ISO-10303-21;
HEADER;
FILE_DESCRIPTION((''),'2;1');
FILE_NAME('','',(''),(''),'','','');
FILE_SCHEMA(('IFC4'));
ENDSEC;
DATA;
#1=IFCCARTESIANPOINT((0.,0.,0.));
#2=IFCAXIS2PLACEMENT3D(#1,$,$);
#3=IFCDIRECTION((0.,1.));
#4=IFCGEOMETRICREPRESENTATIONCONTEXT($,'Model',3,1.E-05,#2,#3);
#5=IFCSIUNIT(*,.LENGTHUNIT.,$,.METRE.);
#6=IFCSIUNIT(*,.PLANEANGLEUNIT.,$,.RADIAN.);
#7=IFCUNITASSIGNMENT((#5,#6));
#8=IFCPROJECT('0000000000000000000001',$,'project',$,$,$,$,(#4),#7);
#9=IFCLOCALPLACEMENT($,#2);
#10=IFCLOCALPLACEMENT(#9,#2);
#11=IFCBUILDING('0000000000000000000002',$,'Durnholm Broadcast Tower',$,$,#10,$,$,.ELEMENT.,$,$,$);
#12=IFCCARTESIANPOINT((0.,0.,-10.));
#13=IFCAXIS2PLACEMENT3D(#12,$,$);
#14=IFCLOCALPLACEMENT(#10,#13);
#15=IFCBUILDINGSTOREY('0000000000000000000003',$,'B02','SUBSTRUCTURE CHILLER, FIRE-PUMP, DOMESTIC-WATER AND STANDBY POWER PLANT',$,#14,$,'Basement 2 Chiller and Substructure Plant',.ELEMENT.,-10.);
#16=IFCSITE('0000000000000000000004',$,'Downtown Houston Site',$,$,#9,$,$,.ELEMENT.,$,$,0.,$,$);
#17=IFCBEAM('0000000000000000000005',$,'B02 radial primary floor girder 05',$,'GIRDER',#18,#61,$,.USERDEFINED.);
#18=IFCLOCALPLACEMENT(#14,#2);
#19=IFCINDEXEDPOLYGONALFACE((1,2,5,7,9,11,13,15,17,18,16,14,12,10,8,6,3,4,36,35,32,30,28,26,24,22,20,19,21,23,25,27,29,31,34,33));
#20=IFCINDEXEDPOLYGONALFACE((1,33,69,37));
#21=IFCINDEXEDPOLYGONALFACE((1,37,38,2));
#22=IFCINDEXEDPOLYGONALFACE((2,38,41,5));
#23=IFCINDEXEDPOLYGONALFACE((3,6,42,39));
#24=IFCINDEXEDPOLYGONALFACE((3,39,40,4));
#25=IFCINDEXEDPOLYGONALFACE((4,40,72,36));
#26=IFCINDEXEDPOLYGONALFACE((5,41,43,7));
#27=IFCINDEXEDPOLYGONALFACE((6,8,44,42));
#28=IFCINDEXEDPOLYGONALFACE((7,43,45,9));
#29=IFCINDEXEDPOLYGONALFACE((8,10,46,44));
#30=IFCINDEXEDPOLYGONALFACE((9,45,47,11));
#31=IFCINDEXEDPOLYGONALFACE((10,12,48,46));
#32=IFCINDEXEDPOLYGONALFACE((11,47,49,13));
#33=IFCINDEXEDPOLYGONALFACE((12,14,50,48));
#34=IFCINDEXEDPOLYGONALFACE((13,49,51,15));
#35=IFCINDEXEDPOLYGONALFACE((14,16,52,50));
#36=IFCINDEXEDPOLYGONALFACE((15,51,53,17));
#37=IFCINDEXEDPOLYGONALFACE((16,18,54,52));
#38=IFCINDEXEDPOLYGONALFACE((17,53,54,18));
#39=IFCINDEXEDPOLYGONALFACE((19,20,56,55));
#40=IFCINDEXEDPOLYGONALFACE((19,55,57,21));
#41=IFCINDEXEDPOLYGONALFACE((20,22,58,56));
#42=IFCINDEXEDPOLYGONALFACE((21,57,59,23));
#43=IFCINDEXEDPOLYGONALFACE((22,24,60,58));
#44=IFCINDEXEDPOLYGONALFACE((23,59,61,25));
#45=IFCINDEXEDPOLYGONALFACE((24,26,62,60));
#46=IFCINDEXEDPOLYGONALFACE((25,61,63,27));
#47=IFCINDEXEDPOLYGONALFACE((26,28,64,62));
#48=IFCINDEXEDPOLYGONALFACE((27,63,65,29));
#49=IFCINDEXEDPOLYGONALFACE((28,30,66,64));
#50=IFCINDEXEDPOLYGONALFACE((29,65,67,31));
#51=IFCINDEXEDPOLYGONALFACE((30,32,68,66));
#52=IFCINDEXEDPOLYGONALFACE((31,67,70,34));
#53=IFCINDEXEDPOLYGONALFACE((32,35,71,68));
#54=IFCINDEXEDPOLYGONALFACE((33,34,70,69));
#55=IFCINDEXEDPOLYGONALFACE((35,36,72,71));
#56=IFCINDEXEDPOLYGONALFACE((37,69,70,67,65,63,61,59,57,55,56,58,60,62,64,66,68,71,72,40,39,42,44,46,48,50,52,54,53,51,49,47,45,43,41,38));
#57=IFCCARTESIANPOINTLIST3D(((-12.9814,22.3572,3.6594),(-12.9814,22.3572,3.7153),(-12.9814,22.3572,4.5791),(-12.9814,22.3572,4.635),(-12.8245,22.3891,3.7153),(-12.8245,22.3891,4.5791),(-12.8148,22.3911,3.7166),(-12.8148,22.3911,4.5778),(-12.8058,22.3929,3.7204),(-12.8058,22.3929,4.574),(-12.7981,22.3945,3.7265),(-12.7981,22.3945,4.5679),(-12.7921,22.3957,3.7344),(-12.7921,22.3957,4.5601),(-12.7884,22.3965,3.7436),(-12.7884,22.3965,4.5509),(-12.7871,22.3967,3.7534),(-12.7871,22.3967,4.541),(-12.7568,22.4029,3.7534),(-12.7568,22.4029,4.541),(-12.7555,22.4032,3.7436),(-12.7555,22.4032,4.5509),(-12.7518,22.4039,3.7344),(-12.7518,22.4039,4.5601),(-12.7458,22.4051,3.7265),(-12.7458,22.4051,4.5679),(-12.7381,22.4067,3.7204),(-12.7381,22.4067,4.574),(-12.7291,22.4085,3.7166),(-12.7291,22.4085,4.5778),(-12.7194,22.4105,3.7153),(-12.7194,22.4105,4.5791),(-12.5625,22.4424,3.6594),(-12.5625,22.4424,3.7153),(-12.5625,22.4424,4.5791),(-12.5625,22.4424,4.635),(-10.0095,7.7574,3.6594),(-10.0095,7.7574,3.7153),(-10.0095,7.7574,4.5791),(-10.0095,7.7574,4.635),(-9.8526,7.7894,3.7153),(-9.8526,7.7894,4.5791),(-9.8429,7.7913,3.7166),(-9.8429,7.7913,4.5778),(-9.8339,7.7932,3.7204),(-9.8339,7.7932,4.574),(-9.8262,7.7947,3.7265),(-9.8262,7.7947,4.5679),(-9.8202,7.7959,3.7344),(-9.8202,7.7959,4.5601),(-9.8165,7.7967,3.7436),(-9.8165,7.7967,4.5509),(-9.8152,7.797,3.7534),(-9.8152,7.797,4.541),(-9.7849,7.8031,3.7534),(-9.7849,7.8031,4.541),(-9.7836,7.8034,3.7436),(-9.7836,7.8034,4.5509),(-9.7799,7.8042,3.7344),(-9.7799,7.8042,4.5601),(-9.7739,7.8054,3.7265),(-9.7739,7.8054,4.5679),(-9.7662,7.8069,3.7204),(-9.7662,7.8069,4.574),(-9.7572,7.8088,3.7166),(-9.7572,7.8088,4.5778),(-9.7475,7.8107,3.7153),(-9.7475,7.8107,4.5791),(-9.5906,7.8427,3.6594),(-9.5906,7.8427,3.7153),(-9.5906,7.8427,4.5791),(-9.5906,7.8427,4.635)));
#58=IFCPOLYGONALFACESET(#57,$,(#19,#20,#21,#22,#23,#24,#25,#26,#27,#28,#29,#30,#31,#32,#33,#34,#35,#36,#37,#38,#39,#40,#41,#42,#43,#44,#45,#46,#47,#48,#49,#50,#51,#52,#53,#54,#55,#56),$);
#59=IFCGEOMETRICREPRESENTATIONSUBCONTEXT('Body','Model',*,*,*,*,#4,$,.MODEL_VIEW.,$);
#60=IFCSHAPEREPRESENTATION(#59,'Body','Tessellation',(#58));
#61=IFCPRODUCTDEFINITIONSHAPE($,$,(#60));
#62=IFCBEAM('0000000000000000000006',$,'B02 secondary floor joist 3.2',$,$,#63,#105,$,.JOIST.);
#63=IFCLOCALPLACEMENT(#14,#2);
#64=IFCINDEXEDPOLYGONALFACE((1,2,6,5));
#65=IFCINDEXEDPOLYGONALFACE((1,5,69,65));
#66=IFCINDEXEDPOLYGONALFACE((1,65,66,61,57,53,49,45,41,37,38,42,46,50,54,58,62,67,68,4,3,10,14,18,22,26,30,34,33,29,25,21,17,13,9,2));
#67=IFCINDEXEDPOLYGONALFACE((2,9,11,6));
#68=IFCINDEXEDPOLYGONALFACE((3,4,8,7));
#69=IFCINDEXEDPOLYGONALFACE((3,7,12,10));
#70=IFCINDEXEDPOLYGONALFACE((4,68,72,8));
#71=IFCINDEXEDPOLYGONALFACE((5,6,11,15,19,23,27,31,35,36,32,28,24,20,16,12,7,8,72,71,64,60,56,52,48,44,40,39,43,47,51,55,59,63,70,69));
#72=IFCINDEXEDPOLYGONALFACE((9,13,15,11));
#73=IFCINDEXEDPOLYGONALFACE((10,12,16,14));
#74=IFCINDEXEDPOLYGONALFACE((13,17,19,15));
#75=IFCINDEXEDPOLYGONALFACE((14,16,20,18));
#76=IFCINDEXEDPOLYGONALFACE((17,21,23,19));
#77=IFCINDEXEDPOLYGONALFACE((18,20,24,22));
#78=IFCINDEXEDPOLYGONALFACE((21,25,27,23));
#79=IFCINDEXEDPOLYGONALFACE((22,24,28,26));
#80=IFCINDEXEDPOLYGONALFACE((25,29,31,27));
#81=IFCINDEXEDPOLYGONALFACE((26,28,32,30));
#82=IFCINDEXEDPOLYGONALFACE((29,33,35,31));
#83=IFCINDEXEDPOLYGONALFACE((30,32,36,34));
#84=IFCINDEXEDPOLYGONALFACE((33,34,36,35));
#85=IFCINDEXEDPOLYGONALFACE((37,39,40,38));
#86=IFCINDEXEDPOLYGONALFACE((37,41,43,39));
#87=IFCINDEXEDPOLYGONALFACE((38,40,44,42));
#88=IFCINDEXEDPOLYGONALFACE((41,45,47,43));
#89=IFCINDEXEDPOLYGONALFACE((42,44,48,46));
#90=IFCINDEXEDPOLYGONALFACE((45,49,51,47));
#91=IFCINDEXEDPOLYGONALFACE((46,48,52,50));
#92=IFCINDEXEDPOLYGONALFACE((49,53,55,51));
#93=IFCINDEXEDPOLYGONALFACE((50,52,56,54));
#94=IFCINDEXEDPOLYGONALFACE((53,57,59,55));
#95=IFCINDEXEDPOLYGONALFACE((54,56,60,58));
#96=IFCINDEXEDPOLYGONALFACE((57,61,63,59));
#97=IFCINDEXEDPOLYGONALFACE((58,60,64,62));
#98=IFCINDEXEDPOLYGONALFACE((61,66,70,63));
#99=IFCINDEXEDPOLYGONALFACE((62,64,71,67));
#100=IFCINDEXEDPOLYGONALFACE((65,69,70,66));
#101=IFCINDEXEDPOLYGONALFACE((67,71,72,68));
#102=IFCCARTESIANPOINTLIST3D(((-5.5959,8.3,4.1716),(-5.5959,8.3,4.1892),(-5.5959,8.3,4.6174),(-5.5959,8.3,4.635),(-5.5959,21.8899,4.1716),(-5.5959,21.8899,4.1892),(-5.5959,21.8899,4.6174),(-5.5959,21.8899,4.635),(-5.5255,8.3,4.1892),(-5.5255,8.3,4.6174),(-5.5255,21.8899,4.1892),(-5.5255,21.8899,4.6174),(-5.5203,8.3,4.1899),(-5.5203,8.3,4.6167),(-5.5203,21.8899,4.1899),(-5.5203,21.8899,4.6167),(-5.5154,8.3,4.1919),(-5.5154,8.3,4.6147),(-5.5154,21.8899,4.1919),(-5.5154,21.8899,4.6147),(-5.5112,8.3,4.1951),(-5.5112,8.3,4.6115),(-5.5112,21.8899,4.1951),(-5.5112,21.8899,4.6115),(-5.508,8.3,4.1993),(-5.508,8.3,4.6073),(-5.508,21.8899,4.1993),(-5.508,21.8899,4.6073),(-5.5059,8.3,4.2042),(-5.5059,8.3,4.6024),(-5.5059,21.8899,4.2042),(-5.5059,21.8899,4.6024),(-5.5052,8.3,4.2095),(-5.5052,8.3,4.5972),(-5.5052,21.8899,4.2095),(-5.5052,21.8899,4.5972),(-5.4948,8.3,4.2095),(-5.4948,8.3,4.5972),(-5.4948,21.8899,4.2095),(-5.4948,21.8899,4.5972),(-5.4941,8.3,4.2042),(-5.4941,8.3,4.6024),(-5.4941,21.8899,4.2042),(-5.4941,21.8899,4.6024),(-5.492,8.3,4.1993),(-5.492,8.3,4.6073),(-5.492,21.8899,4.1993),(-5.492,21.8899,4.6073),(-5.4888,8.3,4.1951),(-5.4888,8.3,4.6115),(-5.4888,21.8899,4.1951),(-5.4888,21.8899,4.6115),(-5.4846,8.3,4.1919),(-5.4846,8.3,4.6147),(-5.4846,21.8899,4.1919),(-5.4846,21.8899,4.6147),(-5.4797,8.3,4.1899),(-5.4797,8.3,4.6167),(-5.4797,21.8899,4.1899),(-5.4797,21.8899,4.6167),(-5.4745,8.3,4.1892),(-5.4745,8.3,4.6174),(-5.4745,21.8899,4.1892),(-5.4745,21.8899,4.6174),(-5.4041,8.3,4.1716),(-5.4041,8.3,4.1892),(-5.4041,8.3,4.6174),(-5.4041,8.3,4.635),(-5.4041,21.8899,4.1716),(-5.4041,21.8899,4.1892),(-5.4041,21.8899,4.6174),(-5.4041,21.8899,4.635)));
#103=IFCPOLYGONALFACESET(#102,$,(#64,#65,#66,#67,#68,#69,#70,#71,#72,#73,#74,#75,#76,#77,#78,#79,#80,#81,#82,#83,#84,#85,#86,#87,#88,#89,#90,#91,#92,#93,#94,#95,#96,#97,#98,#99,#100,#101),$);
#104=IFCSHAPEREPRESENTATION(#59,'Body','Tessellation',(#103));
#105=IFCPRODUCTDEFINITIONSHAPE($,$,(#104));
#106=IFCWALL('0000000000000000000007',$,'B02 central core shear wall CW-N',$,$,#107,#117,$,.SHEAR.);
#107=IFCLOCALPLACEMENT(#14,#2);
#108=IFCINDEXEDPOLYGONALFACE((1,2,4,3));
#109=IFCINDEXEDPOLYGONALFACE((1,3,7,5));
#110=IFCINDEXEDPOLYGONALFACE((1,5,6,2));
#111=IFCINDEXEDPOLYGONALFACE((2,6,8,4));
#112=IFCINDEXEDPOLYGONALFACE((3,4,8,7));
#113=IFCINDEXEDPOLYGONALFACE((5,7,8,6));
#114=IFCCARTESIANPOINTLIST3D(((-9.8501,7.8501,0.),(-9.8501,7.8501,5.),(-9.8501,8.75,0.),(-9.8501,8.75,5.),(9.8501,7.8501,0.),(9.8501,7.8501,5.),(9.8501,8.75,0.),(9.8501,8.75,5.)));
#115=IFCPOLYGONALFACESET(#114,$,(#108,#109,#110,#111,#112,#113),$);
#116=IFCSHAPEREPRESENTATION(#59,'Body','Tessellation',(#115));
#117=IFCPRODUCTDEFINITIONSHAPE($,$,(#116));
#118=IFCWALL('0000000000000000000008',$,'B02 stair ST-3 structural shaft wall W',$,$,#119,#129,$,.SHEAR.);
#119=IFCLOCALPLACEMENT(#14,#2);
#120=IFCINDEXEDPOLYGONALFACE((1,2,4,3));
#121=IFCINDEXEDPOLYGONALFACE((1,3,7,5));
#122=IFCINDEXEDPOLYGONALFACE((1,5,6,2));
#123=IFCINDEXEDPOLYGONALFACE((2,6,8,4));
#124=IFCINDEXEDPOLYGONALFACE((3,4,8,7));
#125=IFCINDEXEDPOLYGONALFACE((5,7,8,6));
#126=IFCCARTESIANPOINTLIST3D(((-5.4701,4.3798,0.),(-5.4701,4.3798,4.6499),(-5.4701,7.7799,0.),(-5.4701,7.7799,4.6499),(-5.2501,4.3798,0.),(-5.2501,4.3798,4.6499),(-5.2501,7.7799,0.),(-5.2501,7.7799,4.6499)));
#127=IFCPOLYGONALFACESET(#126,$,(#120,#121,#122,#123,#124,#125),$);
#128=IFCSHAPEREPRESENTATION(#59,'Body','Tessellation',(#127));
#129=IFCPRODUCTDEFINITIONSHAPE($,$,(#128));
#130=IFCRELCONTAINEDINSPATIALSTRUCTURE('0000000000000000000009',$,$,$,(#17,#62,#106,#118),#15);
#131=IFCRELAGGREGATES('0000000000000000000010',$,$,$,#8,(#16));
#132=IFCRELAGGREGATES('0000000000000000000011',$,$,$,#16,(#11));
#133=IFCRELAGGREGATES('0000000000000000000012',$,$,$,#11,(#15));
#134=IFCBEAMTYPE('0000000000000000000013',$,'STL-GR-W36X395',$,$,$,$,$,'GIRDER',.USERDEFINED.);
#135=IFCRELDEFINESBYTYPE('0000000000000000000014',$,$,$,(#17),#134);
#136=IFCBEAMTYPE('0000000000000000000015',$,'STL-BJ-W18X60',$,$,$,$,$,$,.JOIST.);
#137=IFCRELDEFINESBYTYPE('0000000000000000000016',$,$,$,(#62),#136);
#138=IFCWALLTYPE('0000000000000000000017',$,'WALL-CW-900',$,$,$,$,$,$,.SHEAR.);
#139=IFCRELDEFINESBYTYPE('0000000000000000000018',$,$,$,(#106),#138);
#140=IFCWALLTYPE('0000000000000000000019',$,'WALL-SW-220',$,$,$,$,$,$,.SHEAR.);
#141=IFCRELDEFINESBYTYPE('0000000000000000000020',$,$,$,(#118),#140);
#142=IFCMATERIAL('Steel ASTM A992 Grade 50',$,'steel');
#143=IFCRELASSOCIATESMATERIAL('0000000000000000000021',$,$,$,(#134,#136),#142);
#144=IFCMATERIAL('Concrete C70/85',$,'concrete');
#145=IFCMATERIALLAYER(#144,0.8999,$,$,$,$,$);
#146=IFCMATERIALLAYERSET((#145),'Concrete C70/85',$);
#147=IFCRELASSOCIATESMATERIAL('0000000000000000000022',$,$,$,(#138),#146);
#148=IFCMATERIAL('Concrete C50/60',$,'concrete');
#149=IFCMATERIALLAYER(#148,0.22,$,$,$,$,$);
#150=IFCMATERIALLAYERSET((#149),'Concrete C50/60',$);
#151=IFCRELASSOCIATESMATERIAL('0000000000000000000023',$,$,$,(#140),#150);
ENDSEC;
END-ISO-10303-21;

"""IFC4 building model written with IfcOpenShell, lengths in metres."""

from ifc_helpers import new_model, si_unit, direction, frame, frame_2d, origin, origin_2d, place, context, subcontext, project, spatial, rectangle, i_section, extrude, source, transform, mapped, material, layer, layer_set, material_profile, profile_set, type_object, type_shapes, element, save


model = new_model("IFC4")

# Units and contexts
model_context = context("Model", 3, precision=1e-05, world=origin(), true_north=direction((0.0, 1.0)))
body_context = subcontext(model_context, "Body", "Model", "MODEL_VIEW")
ifc_project = project(units=[si_unit("LENGTHUNIT", "METRE"), si_unit("PLANEANGLEUNIT", "RADIAN")], contexts=[model_context])

# Site, building, storey
site_placement = place(None, origin())
site = spatial("IfcSite", under=ifc_project, at=site_placement, Name="Downtown Houston Site", CompositionType="ELEMENT", RefElevation=0.0)
building_placement = place(site_placement, origin())
building = spatial("IfcBuilding", under=site, at=building_placement, Name="Durnholm Broadcast Tower", CompositionType="ELEMENT")
storey_placement = place(building_placement, frame((0.0, 0.0, -10.0)))
storey = spatial("IfcBuildingStorey", under=building, at=storey_placement, Name="B02", Description="SUBSTRUCTURE CHILLER, FIRE-PUMP, DOMESTIC-WATER AND STANDBY POWER PLANT", LongName="Basement 2 Chiller and Substructure Plant", CompositionType="ELEMENT", Elevation=-10.0)

# Shared definitions
ifc_material_1 = material(Name="Concrete C50/60", Category="concrete")

# Shared definitions
ifc_material_2 = material(Name="Concrete C70/85", Category="concrete")

# Beams
ifc_material_3 = material(Name="Steel ASTM A992 Grade 50", Category="steel")
ifc_material_profile_1 = material_profile(ifc_material_3, i_section(OverallWidth=0.4275, OverallDepth=0.9756, WebThickness=0.031, FlangeThickness=0.0559, FilletRadius=0.0381, at=origin_2d()), Name="W36X395")
ifc_profile_set_1 = profile_set([ifc_material_profile_1], Name="Steel ASTM A992 Grade 50")
beam_type_1 = type_object("IfcBeamType", Name="STL-GR-W36X395", ElementType="GIRDER", PredefinedType="USERDEFINED", material=ifc_profile_set_1)
shared_shape_1 = source(origin(), body_context, "Body", "SweptSolid", [
    extrude(i_section(OverallWidth=0.4275, OverallDepth=0.9756, WebThickness=0.031, FlangeThickness=0.0559, FilletRadius=0.0381, at=origin_2d()), origin(), (0.0, 0.0, 1.0), 14.8992),
])
beam_1_placement = place(storey_placement, frame((-9.8, 7.8, 4.1472), z_axis=(-0.199468, 0.979904, 0.0), x_axis=(-0.979904, -0.199468, 0.0)))
element("IfcBeam", 1, at=beam_1_placement, inside=storey, type_object=beam_type_1, Name="B02 radial primary floor girder 05", ObjectType="GIRDER", PredefinedType="USERDEFINED", context=body_context, shape_type="MappedRepresentation", body=[
    mapped(shared_shape_1, transform((0.0, 0.0, 0.0), x_axis=(1.0, 0.0, 0.0), y_axis=(0.0, 1.0, 0.0), z_axis=(0.0, 0.0, 1.0), scale=1.0)),
])
ifc_material_profile_2 = material_profile(ifc_material_3, i_section(OverallWidth=0.1919, OverallDepth=0.4634, WebThickness=0.0105, FlangeThickness=0.0176, FilletRadius=0.0203, at=origin_2d()), Name="W18X60")
ifc_profile_set_2 = profile_set([ifc_material_profile_2], Name="Steel ASTM A992 Grade 50")
beam_type_2 = type_object("IfcBeamType", Name="STL-BJ-W18X60", PredefinedType="JOIST", material=ifc_profile_set_2)
shared_shape_2 = source(origin(), body_context, "Body", "SweptSolid", [
    extrude(i_section(OverallWidth=0.1919, OverallDepth=0.4634, WebThickness=0.0105, FlangeThickness=0.0176, FilletRadius=0.0203, at=origin_2d()), origin(), (0.0, 0.0, 1.0), 13.5898),
])
type_shapes(beam_type_2, [shared_shape_2])
beam_2_placement = place(storey_placement, frame((-5.5, 8.3, 4.4033), z_axis=(0.0, 1.0, 0.0), x_axis=(-1.0, 0.0, 0.0)))
element("IfcBeam", 2, at=beam_2_placement, inside=storey, type_object=beam_type_2, Name="B02 secondary floor joist 3.2", PredefinedType="JOIST", context=body_context, shape_type="MappedRepresentation", body=[
    mapped(shared_shape_2, transform((0.0, 0.0, 0.0), x_axis=(1.0, 0.0, 0.0), y_axis=(0.0, 1.0, 0.0), z_axis=(0.0, 0.0, 1.0), scale=1.0)),
])

# Walls
ifc_layer_1 = layer(ifc_material_2, 0.8999)
ifc_layer_set_1 = layer_set([ifc_layer_1], Name="Concrete C70/85")
wall_type_1 = type_object("IfcWallType", Name="WALL-CW-900", PredefinedType="SHEAR", material=ifc_layer_set_1)
wall_1_placement = place(storey_placement, frame((-9.8501, 8.3, 0.0), z_axis=(0.0, 0.0, 1.0), x_axis=(1.0, 0.0, 0.0)))
element("IfcWall", 3, at=wall_1_placement, inside=storey, type_object=wall_type_1, Name="B02 central core shear wall CW-N", PredefinedType="SHEAR", context=body_context, shape_type="SweptSolid", body=[
    extrude(rectangle(XDim=19.7002, YDim=0.8999, at=frame_2d((9.8501, 0.0))), origin(), (0.0, 0.0, 1.0), 5.0),
])
ifc_layer_2 = layer(ifc_material_1, 0.22)
ifc_layer_set_2 = layer_set([ifc_layer_2], Name="Concrete C50/60")
wall_type_2 = type_object("IfcWallType", Name="WALL-SW-220", PredefinedType="SHEAR", material=ifc_layer_set_2)
wall_2_placement = place(storey_placement, frame((-5.3601, 7.78, 0.0), z_axis=(0.0, 0.0, 1.0), x_axis=(0.0, -1.0, 0.0)))
element("IfcWall", 4, at=wall_2_placement, inside=storey, type_object=wall_type_2, Name="B02 stair ST-3 structural shaft wall W", PredefinedType="SHEAR", context=body_context, shape_type="SweptSolid", body=[
    extrude(rectangle(XDim=3.4001, YDim=0.22, at=frame_2d((1.7002, 0.0))), origin(), (0.0, 0.0, 1.0), 4.6499),
])

save(model, "model.ifc")
